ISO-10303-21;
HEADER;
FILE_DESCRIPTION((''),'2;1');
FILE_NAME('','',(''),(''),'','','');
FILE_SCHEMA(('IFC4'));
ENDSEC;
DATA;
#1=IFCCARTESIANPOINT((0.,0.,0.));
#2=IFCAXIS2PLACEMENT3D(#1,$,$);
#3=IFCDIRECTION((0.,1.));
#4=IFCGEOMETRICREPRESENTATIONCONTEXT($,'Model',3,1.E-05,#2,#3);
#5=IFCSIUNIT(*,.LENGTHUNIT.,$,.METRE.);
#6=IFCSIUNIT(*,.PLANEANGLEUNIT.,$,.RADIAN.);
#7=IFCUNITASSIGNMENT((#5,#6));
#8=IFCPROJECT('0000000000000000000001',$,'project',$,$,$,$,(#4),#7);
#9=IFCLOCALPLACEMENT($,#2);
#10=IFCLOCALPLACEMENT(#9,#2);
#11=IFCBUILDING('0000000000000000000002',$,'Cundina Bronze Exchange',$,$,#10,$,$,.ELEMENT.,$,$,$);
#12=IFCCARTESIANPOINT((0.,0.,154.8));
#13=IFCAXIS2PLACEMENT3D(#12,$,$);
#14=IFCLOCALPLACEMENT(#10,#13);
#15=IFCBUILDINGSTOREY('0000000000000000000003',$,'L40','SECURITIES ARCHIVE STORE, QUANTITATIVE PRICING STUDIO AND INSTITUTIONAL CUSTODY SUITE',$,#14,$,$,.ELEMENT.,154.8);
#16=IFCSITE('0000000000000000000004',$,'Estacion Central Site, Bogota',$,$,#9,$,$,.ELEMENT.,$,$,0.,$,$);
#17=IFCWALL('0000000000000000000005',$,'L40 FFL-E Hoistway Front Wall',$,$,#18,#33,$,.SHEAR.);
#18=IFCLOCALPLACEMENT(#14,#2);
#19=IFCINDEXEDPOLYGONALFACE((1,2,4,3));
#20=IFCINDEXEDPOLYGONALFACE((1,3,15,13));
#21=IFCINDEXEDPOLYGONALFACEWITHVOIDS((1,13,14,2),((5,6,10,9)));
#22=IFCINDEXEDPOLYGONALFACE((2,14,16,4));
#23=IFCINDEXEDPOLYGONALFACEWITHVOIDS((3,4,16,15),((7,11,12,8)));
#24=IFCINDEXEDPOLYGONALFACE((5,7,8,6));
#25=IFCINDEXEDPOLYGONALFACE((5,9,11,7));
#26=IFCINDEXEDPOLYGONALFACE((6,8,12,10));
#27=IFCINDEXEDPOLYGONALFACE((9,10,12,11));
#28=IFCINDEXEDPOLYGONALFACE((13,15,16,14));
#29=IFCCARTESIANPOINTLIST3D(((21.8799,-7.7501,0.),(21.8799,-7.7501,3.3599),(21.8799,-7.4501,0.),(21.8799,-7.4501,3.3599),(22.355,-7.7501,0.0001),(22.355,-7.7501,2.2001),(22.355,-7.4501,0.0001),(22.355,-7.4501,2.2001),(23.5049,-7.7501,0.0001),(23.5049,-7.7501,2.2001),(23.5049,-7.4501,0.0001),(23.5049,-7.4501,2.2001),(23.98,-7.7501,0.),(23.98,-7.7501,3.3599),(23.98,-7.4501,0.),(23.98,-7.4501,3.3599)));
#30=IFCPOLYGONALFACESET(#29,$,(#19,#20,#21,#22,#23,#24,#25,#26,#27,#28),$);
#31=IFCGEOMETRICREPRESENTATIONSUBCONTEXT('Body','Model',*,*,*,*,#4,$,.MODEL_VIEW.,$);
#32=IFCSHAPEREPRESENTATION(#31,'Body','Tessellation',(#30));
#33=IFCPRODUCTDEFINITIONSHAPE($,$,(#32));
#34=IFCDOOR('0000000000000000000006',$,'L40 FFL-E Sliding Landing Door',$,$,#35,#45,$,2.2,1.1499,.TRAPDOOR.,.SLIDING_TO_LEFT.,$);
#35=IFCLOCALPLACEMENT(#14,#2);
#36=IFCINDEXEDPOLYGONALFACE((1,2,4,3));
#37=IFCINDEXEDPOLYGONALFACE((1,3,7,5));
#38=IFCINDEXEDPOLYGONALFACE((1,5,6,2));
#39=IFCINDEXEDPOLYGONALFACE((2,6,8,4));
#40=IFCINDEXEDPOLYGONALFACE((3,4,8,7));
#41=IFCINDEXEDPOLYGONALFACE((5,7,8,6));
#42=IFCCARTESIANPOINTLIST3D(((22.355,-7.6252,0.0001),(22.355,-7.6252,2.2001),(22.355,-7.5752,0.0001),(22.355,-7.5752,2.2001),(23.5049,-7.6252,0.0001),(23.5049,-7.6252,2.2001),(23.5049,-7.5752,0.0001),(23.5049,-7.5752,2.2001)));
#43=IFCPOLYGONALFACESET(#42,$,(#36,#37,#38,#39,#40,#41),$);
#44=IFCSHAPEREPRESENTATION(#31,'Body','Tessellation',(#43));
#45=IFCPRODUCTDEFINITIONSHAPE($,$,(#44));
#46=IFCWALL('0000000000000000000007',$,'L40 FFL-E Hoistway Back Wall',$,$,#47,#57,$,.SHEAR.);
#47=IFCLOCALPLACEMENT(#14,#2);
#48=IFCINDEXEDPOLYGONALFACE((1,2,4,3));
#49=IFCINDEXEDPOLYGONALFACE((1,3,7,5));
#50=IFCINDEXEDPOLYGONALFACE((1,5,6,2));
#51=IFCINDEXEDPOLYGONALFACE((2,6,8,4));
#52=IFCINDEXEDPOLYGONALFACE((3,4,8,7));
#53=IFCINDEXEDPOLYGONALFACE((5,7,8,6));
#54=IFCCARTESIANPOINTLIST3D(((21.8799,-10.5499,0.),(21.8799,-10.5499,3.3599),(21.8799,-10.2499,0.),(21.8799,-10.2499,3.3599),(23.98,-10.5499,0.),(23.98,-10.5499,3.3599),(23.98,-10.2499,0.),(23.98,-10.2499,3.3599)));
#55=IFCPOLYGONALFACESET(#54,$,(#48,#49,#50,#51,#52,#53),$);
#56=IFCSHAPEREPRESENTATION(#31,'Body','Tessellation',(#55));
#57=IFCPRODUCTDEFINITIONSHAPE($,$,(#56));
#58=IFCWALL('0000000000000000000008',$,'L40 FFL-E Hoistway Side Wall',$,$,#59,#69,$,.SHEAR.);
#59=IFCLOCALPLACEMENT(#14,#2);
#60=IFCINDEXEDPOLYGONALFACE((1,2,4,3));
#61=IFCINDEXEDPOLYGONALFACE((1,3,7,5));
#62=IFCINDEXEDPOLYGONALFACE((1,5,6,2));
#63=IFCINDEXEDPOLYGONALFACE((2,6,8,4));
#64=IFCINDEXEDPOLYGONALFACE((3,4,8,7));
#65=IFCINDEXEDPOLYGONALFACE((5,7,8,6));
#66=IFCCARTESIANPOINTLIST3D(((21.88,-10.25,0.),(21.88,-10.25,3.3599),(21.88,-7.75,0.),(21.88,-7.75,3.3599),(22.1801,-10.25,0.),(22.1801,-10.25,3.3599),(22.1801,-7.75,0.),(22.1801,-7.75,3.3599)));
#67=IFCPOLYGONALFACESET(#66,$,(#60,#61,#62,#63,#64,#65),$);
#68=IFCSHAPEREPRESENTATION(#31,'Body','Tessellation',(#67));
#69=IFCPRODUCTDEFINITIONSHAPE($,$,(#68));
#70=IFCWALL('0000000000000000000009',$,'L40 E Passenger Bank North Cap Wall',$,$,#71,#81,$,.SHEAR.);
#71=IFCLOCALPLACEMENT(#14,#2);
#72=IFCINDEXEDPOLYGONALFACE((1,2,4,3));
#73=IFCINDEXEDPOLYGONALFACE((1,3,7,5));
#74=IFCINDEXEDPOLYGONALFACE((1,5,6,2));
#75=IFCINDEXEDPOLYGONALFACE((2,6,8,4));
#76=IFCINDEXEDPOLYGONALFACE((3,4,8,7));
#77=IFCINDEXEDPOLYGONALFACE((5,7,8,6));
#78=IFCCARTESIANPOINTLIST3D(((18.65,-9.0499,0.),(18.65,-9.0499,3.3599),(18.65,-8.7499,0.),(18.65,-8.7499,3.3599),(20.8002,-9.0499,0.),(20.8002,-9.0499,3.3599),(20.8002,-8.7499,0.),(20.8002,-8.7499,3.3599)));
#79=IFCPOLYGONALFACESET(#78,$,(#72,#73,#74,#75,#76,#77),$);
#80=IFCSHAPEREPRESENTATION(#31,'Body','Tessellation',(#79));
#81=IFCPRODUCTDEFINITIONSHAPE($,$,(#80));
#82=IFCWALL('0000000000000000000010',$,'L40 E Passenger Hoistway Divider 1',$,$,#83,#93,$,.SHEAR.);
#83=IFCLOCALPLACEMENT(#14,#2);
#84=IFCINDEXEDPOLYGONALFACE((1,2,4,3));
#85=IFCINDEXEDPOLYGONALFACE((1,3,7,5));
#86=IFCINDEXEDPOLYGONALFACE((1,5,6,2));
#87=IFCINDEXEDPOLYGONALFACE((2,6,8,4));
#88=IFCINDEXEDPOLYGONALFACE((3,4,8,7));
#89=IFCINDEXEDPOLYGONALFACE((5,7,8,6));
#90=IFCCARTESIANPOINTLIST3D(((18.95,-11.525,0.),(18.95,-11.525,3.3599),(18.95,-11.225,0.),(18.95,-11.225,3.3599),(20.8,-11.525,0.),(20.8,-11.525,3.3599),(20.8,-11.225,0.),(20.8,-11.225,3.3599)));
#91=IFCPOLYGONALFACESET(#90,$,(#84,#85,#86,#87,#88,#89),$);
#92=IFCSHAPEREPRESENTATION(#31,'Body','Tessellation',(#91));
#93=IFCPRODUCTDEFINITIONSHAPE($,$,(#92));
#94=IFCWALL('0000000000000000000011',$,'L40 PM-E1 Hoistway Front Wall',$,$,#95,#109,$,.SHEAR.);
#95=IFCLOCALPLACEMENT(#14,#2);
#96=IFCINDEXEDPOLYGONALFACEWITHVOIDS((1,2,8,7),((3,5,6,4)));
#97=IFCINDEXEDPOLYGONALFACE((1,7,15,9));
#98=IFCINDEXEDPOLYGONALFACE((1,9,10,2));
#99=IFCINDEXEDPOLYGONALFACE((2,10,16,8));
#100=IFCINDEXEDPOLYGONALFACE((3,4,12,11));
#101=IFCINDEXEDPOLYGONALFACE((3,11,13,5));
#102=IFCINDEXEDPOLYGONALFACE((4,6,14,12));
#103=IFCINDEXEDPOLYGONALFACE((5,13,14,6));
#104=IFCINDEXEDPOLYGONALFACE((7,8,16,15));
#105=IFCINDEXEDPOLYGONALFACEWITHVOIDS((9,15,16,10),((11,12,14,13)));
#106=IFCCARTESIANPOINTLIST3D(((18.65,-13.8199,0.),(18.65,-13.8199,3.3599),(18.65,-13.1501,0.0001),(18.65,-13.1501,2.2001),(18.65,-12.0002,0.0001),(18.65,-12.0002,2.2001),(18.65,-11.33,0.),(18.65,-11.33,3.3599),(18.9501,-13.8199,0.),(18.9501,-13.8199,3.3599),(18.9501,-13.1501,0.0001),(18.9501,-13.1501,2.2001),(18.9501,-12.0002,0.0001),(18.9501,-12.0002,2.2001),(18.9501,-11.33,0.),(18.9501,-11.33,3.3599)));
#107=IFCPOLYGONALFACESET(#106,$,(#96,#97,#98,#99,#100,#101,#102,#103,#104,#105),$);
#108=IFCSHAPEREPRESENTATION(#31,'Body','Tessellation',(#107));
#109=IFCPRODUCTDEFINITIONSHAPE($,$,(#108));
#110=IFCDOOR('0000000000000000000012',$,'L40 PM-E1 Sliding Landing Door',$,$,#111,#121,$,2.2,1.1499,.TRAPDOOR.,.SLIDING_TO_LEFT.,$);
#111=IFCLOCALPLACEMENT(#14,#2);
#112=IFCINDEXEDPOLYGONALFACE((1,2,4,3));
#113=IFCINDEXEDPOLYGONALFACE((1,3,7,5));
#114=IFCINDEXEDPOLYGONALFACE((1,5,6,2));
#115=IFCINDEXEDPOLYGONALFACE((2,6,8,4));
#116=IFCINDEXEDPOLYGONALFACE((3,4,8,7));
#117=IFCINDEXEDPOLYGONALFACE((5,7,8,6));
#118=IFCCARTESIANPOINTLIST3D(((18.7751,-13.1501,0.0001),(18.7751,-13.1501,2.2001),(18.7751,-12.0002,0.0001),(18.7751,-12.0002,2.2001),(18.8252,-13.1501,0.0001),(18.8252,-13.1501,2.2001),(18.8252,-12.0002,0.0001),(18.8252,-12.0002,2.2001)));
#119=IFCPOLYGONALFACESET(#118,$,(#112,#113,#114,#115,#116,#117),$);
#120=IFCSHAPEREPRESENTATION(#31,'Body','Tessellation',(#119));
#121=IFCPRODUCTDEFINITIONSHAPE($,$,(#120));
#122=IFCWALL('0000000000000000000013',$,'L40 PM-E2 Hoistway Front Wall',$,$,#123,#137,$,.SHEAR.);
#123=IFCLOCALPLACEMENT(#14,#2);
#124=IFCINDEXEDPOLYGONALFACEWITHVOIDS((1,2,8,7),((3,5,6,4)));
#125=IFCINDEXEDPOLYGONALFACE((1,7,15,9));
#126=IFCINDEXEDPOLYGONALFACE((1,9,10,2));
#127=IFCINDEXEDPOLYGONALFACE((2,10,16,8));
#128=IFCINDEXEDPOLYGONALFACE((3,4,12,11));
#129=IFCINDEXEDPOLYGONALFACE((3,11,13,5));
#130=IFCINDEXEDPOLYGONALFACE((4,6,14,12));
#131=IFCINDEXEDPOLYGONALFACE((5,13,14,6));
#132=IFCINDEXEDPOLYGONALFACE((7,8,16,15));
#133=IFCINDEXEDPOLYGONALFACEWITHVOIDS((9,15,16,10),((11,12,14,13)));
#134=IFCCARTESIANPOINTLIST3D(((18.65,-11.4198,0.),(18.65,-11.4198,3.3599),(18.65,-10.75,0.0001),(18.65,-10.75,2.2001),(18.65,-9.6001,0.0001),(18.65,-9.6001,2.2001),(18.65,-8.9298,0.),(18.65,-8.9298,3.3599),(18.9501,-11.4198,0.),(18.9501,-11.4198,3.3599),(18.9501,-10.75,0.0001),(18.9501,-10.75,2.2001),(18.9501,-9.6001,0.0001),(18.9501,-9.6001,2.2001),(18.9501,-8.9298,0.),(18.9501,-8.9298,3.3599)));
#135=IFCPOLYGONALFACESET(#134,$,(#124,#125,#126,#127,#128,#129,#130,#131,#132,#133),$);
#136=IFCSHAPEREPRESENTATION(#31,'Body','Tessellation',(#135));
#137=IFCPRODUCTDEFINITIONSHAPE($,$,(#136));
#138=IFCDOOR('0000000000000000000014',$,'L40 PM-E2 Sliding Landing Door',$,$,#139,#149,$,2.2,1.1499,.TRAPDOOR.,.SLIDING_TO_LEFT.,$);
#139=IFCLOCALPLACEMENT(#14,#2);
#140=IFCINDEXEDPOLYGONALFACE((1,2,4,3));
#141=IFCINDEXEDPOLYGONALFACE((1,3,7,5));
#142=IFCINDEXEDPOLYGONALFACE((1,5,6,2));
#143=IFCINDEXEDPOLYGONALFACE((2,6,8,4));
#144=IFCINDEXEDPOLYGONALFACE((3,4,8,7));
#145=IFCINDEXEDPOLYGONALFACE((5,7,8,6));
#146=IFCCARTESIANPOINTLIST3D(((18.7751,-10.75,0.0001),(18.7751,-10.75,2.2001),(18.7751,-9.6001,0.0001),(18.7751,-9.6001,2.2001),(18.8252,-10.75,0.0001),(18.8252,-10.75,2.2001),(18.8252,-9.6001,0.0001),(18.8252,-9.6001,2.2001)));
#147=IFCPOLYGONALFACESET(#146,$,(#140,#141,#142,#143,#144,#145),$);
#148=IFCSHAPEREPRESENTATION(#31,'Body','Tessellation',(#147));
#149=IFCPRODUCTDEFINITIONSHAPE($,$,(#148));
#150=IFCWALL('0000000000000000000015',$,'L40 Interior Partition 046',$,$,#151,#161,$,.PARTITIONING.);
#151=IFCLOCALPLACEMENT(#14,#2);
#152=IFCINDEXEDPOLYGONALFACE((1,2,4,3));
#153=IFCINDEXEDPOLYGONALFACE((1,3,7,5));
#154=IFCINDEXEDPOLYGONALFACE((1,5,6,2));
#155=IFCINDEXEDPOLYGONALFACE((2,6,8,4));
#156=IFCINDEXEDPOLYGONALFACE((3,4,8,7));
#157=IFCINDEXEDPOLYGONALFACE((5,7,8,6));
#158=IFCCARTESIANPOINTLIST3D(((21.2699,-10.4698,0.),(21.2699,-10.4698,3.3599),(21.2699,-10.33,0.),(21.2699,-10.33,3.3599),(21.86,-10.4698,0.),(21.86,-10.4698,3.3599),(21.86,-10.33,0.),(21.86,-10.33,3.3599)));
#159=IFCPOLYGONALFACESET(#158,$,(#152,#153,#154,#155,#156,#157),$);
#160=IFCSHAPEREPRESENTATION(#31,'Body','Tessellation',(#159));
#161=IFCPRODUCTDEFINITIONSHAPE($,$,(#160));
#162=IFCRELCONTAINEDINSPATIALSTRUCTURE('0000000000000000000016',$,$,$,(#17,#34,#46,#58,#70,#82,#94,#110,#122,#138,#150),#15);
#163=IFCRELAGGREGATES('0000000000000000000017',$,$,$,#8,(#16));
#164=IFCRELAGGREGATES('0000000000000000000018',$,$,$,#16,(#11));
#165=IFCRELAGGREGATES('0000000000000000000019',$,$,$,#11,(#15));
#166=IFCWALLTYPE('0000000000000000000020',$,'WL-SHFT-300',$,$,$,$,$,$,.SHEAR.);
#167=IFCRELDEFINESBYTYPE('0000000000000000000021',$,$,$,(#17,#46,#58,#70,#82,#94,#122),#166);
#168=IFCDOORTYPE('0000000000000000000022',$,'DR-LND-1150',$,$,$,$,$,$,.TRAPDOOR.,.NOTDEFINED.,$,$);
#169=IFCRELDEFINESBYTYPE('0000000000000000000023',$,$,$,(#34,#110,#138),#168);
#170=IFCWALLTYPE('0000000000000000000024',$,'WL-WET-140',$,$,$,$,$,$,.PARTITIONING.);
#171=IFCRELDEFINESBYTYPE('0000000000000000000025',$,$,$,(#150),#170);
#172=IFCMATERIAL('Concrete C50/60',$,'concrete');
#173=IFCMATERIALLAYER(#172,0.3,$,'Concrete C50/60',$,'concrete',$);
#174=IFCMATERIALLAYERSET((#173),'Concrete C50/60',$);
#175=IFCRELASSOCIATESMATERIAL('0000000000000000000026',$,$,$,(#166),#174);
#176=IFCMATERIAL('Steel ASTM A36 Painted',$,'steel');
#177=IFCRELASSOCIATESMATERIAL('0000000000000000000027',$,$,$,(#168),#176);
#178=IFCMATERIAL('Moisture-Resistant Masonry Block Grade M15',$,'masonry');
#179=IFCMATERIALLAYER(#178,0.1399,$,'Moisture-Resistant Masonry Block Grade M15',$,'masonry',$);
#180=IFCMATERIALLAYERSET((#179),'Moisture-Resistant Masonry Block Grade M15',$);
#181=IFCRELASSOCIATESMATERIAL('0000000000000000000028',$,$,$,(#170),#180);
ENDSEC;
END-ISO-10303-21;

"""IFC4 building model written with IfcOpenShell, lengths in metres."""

from ifc_helpers import new_model, si_unit, direction, frame, frame_2d, origin, place, context, subcontext, project, spatial, rectangle, extrude, material, layer, layer_set, type_object, element, fill, save


model = new_model("IFC4")

# Units and contexts
model_context = context("Model", 3, precision=1e-05, world=origin(), true_north=direction((0.0, 1.0)))
body_context = subcontext(model_context, "Body", "Model", "MODEL_VIEW")
ifc_project = project(units=[si_unit("LENGTHUNIT", "METRE"), si_unit("PLANEANGLEUNIT", "RADIAN")], contexts=[model_context])

# Site, building, storey
site_placement = place(None, origin())
site = spatial("IfcSite", under=ifc_project, at=site_placement, Name="Estacion Central Site, Bogota", CompositionType="ELEMENT", RefElevation=0.0)
building_placement = place(site_placement, origin())
building = spatial("IfcBuilding", under=site, at=building_placement, Name="Cundina Bronze Exchange", CompositionType="ELEMENT")
storey_placement = place(building_placement, frame((0.0, 0.0, 154.8)))
storey = spatial("IfcBuildingStorey", under=building, at=storey_placement, Name="L40", Description="SECURITIES ARCHIVE STORE, QUANTITATIVE PRICING STUDIO AND INSTITUTIONAL CUSTODY SUITE", CompositionType="ELEMENT", Elevation=154.8)

# Shared definitions
ifc_material_1 = material(Name="Concrete C50/60", Category="concrete")

# Shared definitions
ifc_layer_1 = layer(ifc_material_1, 0.3, Name="Concrete C50/60", Category="concrete")
ifc_layer_set_1 = layer_set([ifc_layer_1], Name="Concrete C50/60")
wall_type_1 = type_object("IfcWallType", Name="WL-SHFT-300", PredefinedType="SHEAR", material=ifc_layer_set_1)

# Wall, opening, door
ifc_material_2 = material(Name="Steel ASTM A36 Painted", Category="steel")
wall_1_placement = place(storey_placement, frame((21.8799, -7.6001, 0.0), z_axis=(0.0, 0.0, 1.0), x_axis=(1.0, 0.0, 0.0)))
wall_1 = element("IfcWall", 1, at=wall_1_placement, inside=storey, type_object=wall_type_1, Name="L40 FFL-E Hoistway Front Wall", PredefinedType="SHEAR", context=body_context, shape_type="SweptSolid", body=[
    extrude(rectangle(XDim=2.1001, YDim=0.3, at=frame_2d((1.05, 0.0))), origin(), (0.0, 0.0, 1.0), 3.3599),
])
opening_1_placement = place(wall_1_placement, frame((0.4751, 0.0, 0.0)))
opening_1 = element("IfcOpeningElement", 2, at=opening_1_placement, cuts=wall_1, PredefinedType="OPENING", context=body_context, shape_type="SweptSolid", body=[
    extrude(rectangle(XDim=1.1499, YDim=2.2, at=frame_2d((0.575, 1.1001))), frame((0.0, 0.1599, 0.0), z_axis=(0.0, -1.0, 0.0), x_axis=(1.0, 0.0, 0.0)), (0.0, 0.0, 1.0), 0.3201),
])
door_type_1 = type_object("IfcDoorType", Name="DR-LND-1150", OperationType="NOTDEFINED", PredefinedType="TRAPDOOR", material=ifc_material_2)
door_1_placement = place(opening_1_placement, origin())
door_1 = element("IfcDoor", 3, at=door_1_placement, inside=storey, type_object=door_type_1, Name="L40 FFL-E Sliding Landing Door", OperationType="SLIDING_TO_LEFT", OverallHeight=2.2, OverallWidth=1.1499, PredefinedType="TRAPDOOR", context=body_context, shape_type="SweptSolid", body=[
    extrude(rectangle(XDim=1.1499, YDim=2.2, at=frame_2d((0.575, 1.1001))), frame((0.0, 0.0249, 0.0), z_axis=(0.0, -1.0, 0.0), x_axis=(1.0, 0.0, 0.0)), (0.0, 0.0, 1.0), 0.05),
])
fill(opening_1, door_1)

# Walls
wall_2_placement = place(storey_placement, frame((21.8799, -10.3999, 0.0), z_axis=(0.0, 0.0, 1.0), x_axis=(1.0, 0.0, 0.0)))
element("IfcWall", 4, at=wall_2_placement, inside=storey, type_object=wall_type_1, Name="L40 FFL-E Hoistway Back Wall", PredefinedType="SHEAR", context=body_context, shape_type="SweptSolid", body=[
    extrude(rectangle(XDim=2.1001, YDim=0.3, at=frame_2d((1.05, 0.0))), origin(), (0.0, 0.0, 1.0), 3.3599),
])
wall_3_placement = place(storey_placement, frame((22.03, -10.25, 0.0), z_axis=(0.0, 0.0, 1.0), x_axis=(0.0, 1.0, 0.0)))
element("IfcWall", 5, at=wall_3_placement, inside=storey, type_object=wall_type_1, Name="L40 FFL-E Hoistway Side Wall", PredefinedType="SHEAR", context=body_context, shape_type="SweptSolid", body=[
    extrude(rectangle(XDim=2.5, YDim=0.3, at=frame_2d((1.25, 0.0))), origin(), (0.0, 0.0, 1.0), 3.3599),
])
wall_4_placement = place(storey_placement, frame((18.6499, -8.8999, 0.0), z_axis=(0.0, 0.0, 1.0), x_axis=(1.0, 0.0, 0.0)))
element("IfcWall", 6, at=wall_4_placement, inside=storey, type_object=wall_type_1, Name="L40 E Passenger Bank North Cap Wall", PredefinedType="SHEAR", context=body_context, shape_type="SweptSolid", body=[
    extrude(rectangle(XDim=2.1501, YDim=0.3, at=frame_2d((1.0752, 0.0))), origin(), (0.0, 0.0, 1.0), 3.3599),
])
wall_5_placement = place(storey_placement, frame((18.95, -11.375, 0.0), z_axis=(0.0, 0.0, 1.0), x_axis=(1.0, 0.0, 0.0)))
element("IfcWall", 7, at=wall_5_placement, inside=storey, type_object=wall_type_1, Name="L40 E Passenger Hoistway Divider 1", PredefinedType="SHEAR", context=body_context, shape_type="SweptSolid", body=[
    extrude(rectangle(XDim=1.8501, YDim=0.3, at=frame_2d((0.925, 0.0))), origin(), (0.0, 0.0, 1.0), 3.3599),
])

# Walls, openings, doors
wall_6_placement = place(storey_placement, frame((18.8, -13.8201, 0.0), z_axis=(0.0, 0.0, 1.0), x_axis=(0.0, 1.0, 0.0)))
wall_6 = element("IfcWall", 8, at=wall_6_placement, inside=storey, type_object=wall_type_1, Name="L40 PM-E1 Hoistway Front Wall", PredefinedType="SHEAR", context=body_context, shape_type="SweptSolid", body=[
    extrude(rectangle(XDim=2.49, YDim=0.3, at=frame_2d((1.2451, 0.0))), origin(), (0.0, 0.0, 1.0), 3.3599),
])
opening_2_placement = place(wall_6_placement, frame((0.6699, 0.0, 0.0)))
opening_2 = element("IfcOpeningElement", 9, at=opening_2_placement, cuts=wall_6, PredefinedType="OPENING", context=body_context, shape_type="SweptSolid", body=[
    extrude(rectangle(XDim=1.1499, YDim=2.2, at=frame_2d((0.575, 1.1001))), frame((0.0, 0.1599, 0.0), z_axis=(0.0, -1.0, 0.0), x_axis=(1.0, 0.0, 0.0)), (0.0, 0.0, 1.0), 0.3201),
])
door_2_placement = place(opening_2_placement, origin())
door_2 = element("IfcDoor", 10, at=door_2_placement, inside=storey, type_object=door_type_1, Name="L40 PM-E1 Sliding Landing Door", OperationType="SLIDING_TO_LEFT", OverallHeight=2.2, OverallWidth=1.1499, PredefinedType="TRAPDOOR", context=body_context, shape_type="SweptSolid", body=[
    extrude(rectangle(XDim=1.1499, YDim=2.2, at=frame_2d((0.575, 1.1001))), frame((0.0, 0.0249, 0.0), z_axis=(0.0, -1.0, 0.0), x_axis=(1.0, 0.0, 0.0)), (0.0, 0.0, 1.0), 0.05),
])
fill(opening_2, door_2)
wall_7_placement = place(storey_placement, frame((18.8, -11.4199, 0.0), z_axis=(0.0, 0.0, 1.0), x_axis=(0.0, 1.0, 0.0)))
wall_7 = element("IfcWall", 11, at=wall_7_placement, inside=storey, type_object=wall_type_1, Name="L40 PM-E2 Hoistway Front Wall", PredefinedType="SHEAR", context=body_context, shape_type="SweptSolid", body=[
    extrude(rectangle(XDim=2.49, YDim=0.3, at=frame_2d((1.2451, 0.0))), origin(), (0.0, 0.0, 1.0), 3.3599),
])
opening_3_placement = place(wall_7_placement, frame((0.6699, 0.0, 0.0)))
opening_3 = element("IfcOpeningElement", 12, at=opening_3_placement, cuts=wall_7, PredefinedType="OPENING", context=body_context, shape_type="SweptSolid", body=[
    extrude(rectangle(XDim=1.1499, YDim=2.2, at=frame_2d((0.575, 1.1001))), frame((0.0, 0.1599, 0.0), z_axis=(0.0, -1.0, 0.0), x_axis=(1.0, 0.0, 0.0)), (0.0, 0.0, 1.0), 0.3201),
])
door_3_placement = place(opening_3_placement, origin())
door_3 = element("IfcDoor", 13, at=door_3_placement, inside=storey, type_object=door_type_1, Name="L40 PM-E2 Sliding Landing Door", OperationType="SLIDING_TO_LEFT", OverallHeight=2.2, OverallWidth=1.1499, PredefinedType="TRAPDOOR", context=body_context, shape_type="SweptSolid", body=[
    extrude(rectangle(XDim=1.1499, YDim=2.2, at=frame_2d((0.575, 1.1001))), frame((0.0, 0.0249, 0.0), z_axis=(0.0, -1.0, 0.0), x_axis=(1.0, 0.0, 0.0)), (0.0, 0.0, 1.0), 0.05),
])
fill(opening_3, door_3)

# Wall
ifc_material_3 = material(Name="Moisture-Resistant Masonry Block Grade M15", Category="masonry")
ifc_layer_2 = layer(ifc_material_3, 0.1399, Name="Moisture-Resistant Masonry Block Grade M15", Category="masonry")
ifc_layer_set_2 = layer_set([ifc_layer_2], Name="Moisture-Resistant Masonry Block Grade M15")
wall_type_2 = type_object("IfcWallType", Name="WL-WET-140", PredefinedType="PARTITIONING", material=ifc_layer_set_2)
wall_8_placement = place(storey_placement, frame((21.27, -10.3999, 0.0), z_axis=(0.0, 0.0, 1.0), x_axis=(1.0, 0.0, 0.0)))
element("IfcWall", 14, at=wall_8_placement, inside=storey, type_object=wall_type_2, Name="L40 Interior Partition 046", PredefinedType="PARTITIONING", context=body_context, shape_type="SweptSolid", body=[
    extrude(rectangle(XDim=0.5901, YDim=0.1399, at=frame_2d((0.2949, 0.0))), origin(), (0.0, 0.0, 1.0), 3.3599),
])

save(model, "model.ifc")
